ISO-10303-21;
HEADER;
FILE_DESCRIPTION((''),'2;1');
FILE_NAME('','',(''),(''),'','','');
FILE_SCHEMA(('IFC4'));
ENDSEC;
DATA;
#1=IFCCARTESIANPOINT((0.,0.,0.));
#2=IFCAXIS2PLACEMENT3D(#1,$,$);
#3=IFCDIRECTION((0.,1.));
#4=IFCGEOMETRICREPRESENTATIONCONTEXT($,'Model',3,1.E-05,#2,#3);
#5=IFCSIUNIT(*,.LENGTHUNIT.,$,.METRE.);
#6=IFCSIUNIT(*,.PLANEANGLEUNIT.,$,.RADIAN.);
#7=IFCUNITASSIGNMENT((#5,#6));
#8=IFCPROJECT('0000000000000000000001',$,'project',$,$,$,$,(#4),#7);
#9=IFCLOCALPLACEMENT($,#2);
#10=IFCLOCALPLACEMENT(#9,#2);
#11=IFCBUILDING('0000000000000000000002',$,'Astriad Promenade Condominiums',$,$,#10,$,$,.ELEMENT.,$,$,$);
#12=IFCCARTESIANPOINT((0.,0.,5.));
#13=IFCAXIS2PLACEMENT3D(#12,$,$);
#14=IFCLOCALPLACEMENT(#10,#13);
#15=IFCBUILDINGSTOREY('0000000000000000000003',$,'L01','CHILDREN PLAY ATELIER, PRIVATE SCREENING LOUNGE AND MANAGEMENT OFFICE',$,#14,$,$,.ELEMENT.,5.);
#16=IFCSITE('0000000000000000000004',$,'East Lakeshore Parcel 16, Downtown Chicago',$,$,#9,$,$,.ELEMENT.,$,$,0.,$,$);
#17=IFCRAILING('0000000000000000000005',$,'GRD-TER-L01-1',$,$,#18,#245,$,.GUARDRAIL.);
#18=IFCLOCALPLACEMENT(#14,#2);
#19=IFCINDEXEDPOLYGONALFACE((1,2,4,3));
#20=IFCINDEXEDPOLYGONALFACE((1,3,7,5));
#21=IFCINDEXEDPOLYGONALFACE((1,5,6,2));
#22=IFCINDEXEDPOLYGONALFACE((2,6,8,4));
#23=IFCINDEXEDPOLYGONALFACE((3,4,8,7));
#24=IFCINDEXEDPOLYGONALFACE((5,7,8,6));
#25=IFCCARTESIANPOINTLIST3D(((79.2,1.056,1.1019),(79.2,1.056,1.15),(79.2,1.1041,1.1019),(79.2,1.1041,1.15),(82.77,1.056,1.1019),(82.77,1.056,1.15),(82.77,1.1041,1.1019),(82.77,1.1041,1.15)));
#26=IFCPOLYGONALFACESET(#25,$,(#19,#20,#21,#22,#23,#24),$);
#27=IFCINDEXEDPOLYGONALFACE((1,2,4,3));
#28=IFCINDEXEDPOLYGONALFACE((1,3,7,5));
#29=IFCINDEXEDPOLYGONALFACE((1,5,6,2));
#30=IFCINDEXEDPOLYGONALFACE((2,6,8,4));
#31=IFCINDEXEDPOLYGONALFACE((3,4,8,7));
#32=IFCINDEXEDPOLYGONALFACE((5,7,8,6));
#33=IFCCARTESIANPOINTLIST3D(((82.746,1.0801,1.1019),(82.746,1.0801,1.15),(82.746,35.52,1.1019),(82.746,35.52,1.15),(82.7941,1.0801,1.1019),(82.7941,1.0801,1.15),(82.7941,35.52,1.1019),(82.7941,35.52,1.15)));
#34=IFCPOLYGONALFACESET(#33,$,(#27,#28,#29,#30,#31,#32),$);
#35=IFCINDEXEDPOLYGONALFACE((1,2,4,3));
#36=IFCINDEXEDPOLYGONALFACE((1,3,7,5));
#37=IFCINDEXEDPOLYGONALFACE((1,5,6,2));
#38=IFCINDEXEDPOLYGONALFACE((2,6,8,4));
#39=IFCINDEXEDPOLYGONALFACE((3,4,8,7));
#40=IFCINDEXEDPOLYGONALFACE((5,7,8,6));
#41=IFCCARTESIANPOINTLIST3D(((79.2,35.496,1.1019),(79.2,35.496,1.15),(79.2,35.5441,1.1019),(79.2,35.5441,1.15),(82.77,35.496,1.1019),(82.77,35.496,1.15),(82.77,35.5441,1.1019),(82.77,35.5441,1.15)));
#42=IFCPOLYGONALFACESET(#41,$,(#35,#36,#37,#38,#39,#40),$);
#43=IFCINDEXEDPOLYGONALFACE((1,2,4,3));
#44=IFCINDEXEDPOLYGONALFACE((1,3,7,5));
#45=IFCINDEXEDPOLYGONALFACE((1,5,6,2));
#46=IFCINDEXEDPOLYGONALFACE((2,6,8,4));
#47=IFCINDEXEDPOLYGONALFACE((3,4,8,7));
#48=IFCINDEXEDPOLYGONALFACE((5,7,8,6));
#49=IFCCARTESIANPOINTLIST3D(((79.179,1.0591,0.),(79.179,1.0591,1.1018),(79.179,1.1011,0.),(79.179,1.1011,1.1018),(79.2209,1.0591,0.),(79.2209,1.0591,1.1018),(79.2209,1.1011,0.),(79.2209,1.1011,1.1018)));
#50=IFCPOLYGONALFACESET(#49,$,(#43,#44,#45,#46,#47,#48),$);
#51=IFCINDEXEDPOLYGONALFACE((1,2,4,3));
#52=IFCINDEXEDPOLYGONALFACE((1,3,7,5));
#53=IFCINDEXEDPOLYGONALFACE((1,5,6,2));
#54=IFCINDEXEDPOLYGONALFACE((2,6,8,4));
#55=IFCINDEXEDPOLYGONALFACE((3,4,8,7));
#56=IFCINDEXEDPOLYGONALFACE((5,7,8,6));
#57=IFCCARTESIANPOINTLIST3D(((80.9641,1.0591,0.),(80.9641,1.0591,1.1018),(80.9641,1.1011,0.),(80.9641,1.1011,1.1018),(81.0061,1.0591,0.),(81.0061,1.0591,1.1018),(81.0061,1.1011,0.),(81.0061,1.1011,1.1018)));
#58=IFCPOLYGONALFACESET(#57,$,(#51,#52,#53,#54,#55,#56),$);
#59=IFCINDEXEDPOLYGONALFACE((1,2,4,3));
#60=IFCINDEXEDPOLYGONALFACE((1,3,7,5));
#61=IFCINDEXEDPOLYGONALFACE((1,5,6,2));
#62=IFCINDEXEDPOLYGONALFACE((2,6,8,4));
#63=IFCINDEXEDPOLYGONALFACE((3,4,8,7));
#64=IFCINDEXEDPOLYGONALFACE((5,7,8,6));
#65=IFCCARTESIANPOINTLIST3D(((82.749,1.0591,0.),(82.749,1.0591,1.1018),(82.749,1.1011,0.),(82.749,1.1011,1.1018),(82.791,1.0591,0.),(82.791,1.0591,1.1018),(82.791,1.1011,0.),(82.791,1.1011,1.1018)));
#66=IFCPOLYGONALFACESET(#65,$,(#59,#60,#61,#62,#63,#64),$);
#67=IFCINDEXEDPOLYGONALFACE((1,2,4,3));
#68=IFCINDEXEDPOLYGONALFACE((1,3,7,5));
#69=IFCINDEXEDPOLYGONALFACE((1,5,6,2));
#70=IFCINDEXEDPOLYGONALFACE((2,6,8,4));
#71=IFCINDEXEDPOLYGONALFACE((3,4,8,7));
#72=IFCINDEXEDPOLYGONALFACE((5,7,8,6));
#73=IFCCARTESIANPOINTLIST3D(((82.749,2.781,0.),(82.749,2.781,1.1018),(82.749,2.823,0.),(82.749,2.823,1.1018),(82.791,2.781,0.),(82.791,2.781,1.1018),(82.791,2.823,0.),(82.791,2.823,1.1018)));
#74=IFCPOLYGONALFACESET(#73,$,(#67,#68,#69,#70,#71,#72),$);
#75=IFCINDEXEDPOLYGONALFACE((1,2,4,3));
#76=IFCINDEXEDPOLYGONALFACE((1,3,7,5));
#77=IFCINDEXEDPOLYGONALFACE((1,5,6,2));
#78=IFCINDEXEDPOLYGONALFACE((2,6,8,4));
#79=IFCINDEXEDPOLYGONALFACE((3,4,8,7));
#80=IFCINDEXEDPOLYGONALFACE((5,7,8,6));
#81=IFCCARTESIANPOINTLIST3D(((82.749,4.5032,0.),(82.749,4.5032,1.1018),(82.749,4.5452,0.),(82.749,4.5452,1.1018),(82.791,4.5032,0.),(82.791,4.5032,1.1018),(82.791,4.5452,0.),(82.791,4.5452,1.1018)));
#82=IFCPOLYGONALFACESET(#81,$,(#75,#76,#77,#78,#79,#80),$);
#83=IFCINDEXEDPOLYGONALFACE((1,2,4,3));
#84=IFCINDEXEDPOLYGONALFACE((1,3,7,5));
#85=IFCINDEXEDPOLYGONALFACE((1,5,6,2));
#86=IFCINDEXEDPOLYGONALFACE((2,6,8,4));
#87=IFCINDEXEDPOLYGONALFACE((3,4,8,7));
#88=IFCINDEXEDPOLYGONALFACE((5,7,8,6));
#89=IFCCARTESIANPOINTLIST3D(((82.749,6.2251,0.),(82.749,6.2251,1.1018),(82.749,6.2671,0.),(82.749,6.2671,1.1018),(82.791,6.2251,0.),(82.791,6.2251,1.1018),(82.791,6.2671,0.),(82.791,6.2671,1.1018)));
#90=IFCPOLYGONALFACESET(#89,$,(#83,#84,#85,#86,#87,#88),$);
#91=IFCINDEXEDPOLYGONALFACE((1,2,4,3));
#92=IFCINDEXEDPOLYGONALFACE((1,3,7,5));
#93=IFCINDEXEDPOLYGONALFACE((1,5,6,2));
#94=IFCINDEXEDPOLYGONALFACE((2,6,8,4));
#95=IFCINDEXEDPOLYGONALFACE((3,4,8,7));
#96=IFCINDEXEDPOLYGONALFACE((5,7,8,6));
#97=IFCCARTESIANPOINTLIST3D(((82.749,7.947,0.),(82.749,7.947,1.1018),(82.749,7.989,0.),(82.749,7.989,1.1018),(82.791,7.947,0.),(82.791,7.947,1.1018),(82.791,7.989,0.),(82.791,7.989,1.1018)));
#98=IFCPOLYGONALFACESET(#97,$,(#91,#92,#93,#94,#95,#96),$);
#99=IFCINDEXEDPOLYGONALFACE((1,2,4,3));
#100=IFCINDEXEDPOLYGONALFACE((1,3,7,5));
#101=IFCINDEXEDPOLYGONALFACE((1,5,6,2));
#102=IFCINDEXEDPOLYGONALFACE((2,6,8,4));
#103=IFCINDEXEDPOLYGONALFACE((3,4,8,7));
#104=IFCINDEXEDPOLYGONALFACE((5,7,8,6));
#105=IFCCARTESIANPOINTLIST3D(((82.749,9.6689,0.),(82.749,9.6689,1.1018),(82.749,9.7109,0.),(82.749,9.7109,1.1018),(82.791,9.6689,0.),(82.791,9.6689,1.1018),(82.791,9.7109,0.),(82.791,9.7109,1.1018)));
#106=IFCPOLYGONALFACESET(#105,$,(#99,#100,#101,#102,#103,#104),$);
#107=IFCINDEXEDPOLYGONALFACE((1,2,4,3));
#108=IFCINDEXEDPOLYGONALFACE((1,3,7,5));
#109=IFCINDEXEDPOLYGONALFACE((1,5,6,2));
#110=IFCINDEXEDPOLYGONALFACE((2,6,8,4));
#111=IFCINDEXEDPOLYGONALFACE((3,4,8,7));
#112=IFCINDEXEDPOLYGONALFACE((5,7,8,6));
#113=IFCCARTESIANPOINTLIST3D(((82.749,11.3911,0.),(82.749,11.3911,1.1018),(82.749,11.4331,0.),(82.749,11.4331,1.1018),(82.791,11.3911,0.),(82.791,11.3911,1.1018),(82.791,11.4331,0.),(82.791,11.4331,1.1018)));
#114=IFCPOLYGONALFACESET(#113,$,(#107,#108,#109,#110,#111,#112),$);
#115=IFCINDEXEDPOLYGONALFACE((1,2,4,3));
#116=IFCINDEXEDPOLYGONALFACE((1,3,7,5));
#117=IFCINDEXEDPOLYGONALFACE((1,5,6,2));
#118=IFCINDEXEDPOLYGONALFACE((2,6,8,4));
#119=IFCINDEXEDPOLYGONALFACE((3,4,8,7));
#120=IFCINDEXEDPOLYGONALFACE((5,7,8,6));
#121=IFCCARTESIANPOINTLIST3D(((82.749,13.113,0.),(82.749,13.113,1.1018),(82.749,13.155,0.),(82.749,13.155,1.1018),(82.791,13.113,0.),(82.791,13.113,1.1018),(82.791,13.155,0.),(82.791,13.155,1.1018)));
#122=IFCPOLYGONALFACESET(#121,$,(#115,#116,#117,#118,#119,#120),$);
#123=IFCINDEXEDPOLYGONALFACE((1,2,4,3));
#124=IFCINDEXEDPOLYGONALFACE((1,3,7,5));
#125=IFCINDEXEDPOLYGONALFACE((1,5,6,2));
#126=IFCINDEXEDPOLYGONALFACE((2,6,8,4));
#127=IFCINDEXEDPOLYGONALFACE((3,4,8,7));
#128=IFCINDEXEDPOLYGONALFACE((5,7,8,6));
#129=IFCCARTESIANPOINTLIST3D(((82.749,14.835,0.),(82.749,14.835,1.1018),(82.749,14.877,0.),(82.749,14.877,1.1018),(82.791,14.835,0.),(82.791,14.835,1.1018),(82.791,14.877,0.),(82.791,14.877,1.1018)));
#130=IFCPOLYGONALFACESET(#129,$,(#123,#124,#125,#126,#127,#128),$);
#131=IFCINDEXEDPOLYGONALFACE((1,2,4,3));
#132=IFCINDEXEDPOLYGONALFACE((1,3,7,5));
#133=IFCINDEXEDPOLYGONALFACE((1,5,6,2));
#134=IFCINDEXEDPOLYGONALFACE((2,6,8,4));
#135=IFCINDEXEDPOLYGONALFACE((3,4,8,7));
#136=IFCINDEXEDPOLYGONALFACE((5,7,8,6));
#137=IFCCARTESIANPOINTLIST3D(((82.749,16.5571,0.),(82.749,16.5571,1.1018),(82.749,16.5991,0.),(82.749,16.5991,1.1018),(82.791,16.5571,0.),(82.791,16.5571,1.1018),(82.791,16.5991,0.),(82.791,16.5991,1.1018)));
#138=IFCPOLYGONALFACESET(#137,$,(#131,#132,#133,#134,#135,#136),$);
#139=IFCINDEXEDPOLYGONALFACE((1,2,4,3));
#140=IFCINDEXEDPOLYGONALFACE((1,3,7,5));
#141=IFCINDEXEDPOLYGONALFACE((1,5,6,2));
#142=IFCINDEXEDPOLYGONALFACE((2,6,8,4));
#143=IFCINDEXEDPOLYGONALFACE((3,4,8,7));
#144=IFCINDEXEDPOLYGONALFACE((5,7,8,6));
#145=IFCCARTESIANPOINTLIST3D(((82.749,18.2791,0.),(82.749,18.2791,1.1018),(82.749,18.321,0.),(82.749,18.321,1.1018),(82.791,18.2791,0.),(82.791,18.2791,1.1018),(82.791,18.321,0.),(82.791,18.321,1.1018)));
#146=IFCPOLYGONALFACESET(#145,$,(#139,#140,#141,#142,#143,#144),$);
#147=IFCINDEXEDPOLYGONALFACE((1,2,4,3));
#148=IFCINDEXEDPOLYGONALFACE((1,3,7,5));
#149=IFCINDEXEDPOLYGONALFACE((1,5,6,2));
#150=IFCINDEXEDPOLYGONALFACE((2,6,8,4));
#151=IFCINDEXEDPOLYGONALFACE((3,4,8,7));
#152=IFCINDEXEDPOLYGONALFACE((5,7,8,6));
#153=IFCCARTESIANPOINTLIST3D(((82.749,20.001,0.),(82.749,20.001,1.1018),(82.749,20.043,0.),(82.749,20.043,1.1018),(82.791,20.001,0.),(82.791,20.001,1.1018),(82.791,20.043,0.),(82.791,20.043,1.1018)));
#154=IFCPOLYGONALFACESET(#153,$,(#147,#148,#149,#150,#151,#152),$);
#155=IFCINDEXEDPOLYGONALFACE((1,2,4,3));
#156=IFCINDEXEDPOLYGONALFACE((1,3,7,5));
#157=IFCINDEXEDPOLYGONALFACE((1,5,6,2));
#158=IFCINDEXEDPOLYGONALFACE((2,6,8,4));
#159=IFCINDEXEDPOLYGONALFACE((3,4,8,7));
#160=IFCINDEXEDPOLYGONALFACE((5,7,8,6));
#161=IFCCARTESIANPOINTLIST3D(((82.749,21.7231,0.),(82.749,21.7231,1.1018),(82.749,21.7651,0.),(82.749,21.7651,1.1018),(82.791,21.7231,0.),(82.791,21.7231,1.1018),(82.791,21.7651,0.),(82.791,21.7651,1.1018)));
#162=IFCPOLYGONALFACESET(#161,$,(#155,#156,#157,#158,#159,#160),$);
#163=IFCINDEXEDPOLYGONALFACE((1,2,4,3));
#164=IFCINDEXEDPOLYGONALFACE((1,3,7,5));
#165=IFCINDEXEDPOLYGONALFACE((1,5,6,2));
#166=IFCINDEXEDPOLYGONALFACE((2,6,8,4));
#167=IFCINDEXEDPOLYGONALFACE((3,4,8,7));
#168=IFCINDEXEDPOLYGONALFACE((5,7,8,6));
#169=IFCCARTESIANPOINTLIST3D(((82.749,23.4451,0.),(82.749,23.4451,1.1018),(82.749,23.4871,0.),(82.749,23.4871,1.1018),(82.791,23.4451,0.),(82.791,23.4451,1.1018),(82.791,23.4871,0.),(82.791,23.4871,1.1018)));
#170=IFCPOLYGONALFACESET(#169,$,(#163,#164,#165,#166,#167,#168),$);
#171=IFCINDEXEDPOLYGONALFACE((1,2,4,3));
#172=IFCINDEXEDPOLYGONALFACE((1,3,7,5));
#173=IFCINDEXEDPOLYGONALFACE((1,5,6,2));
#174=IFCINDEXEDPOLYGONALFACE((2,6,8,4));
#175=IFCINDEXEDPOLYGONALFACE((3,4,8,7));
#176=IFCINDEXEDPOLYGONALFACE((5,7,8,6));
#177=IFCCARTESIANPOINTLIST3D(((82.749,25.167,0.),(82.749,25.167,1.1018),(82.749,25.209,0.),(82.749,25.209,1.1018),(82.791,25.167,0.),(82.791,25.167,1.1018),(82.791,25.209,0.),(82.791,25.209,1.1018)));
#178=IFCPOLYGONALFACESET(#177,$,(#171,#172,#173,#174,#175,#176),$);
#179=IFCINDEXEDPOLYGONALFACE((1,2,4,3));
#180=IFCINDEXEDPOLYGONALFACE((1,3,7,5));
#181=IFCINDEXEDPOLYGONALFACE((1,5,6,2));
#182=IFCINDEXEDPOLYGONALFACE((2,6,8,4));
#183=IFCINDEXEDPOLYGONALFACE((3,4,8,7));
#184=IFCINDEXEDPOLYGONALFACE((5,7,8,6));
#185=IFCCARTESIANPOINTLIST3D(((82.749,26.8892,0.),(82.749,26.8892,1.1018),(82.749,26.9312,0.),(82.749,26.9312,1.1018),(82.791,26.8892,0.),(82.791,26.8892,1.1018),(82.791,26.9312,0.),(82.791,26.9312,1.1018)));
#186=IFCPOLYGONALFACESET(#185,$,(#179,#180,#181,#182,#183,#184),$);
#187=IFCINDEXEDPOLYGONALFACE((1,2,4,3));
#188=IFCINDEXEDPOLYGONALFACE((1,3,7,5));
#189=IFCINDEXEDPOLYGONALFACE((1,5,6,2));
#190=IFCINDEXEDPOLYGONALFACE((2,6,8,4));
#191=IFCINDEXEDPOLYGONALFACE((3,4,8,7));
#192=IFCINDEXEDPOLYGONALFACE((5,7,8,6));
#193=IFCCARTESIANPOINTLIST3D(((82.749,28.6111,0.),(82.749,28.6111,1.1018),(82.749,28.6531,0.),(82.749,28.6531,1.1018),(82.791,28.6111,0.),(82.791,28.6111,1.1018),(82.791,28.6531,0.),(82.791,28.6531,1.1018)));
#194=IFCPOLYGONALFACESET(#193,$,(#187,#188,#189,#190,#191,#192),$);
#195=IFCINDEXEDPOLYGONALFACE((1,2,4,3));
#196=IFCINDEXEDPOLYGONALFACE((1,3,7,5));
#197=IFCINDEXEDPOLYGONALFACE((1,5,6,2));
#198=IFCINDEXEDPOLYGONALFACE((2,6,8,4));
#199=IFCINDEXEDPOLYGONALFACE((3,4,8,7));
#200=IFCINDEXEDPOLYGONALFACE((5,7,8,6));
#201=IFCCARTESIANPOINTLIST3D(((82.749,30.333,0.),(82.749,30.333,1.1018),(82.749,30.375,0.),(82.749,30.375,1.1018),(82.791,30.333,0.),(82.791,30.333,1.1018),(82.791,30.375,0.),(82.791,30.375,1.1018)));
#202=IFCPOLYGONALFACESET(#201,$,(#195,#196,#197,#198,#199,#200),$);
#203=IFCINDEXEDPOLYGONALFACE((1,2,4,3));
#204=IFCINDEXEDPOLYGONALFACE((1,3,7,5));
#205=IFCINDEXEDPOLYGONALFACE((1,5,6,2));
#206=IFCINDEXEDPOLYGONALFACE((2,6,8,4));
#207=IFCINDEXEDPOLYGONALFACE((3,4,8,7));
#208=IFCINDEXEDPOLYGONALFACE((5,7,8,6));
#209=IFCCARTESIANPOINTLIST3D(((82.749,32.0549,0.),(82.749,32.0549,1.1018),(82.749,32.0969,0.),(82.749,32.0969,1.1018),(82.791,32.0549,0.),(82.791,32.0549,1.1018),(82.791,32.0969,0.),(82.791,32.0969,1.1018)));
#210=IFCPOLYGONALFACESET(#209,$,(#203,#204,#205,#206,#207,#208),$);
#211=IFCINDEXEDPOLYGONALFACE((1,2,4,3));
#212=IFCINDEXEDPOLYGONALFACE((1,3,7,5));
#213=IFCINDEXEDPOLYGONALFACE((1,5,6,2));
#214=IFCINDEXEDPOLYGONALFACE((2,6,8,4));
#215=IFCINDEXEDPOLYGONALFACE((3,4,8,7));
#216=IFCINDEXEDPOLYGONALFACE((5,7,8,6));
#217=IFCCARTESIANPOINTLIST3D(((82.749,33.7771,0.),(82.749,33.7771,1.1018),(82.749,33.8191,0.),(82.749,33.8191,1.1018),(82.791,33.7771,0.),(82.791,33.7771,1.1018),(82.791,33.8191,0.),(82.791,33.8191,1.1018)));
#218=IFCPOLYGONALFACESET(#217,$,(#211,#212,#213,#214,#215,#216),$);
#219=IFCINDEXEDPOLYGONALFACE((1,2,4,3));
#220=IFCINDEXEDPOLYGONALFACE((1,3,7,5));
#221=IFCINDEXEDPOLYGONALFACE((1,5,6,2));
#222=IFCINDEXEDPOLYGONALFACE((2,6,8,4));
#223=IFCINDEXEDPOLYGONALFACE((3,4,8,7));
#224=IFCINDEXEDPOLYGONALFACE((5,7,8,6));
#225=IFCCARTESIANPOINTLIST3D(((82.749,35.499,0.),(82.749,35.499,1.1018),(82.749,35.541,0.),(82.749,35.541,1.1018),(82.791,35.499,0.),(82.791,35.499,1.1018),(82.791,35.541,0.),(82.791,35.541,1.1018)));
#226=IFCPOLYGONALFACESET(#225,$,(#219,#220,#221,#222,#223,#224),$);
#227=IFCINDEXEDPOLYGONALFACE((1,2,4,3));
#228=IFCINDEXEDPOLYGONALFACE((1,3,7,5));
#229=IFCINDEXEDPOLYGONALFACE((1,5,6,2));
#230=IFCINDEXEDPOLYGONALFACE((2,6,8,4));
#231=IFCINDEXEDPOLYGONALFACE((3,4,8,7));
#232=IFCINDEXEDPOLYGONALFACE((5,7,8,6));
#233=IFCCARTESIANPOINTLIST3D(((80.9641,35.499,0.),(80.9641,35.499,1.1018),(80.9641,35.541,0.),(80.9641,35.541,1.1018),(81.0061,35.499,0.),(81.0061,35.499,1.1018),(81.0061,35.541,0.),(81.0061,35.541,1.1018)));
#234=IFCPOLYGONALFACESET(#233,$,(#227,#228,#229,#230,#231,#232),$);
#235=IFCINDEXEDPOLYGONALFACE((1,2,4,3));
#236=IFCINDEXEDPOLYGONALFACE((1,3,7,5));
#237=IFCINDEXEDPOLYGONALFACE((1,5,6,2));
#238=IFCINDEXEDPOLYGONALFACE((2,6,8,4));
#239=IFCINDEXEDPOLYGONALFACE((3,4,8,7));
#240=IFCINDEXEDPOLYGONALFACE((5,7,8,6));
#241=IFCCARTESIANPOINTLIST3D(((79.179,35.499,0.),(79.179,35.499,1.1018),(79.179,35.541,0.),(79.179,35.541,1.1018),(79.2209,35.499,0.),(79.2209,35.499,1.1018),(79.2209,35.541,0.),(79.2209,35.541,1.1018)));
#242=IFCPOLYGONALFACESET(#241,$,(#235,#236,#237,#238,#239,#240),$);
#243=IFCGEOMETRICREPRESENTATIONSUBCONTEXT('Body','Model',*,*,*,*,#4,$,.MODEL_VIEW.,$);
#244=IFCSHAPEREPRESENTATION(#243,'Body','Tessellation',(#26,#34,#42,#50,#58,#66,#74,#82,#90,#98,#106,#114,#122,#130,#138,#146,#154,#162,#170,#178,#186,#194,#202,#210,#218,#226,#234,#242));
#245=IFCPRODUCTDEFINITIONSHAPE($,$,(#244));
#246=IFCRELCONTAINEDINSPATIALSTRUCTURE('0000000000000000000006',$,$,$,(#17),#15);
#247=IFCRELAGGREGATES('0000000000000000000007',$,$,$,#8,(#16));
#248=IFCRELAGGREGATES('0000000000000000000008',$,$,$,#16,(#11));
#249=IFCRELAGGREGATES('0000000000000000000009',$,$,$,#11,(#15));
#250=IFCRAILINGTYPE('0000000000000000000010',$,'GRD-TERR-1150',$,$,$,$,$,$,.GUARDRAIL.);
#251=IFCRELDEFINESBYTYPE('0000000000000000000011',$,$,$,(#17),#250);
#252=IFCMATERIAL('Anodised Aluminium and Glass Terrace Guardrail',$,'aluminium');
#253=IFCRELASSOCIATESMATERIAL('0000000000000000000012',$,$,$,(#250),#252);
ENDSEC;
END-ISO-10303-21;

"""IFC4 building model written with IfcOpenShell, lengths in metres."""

from ifc_helpers import new_model, si_unit, direction, frame, origin, origin_2d, place, context, subcontext, project, spatial, rectangle, extrude, source, transform, mapped, material, type_object, element, save


model = new_model("IFC4")

# Units and contexts
model_context = context("Model", 3, precision=1e-05, world=origin(), true_north=direction((0.0, 1.0)))
body_context = subcontext(model_context, "Body", "Model", "MODEL_VIEW")
ifc_project = project(units=[si_unit("LENGTHUNIT", "METRE"), si_unit("PLANEANGLEUNIT", "RADIAN")], contexts=[model_context])

# Site, building, storey
site_placement = place(None, origin())
site = spatial("IfcSite", under=ifc_project, at=site_placement, Name="East Lakeshore Parcel 16, Downtown Chicago", CompositionType="ELEMENT", RefElevation=0.0)
building_placement = place(site_placement, origin())
building = spatial("IfcBuilding", under=site, at=building_placement, Name="Astriad Promenade Condominiums", CompositionType="ELEMENT")
storey_placement = place(building_placement, frame((0.0, 0.0, 5.0)))
storey = spatial("IfcBuildingStorey", under=building, at=storey_placement, Name="L01", Description="CHILDREN PLAY ATELIER, PRIVATE SCREENING LOUNGE AND MANAGEMENT OFFICE", CompositionType="ELEMENT", Elevation=5.0)

# Railing
ifc_material_1 = material(Name="Anodised Aluminium and Glass Terrace Guardrail", Category="aluminium")
railing_type = type_object("IfcRailingType", Name="GRD-TERR-1150", PredefinedType="GUARDRAIL", material=ifc_material_1)
shared_shape_1 = source(origin(), body_context, "Body", "SweptSolid", [
    extrude(rectangle(XDim=0.0481, YDim=0.0481, at=origin_2d()), frame((0.0, 0.0, 1.126), z_axis=(1.0, 0.0, 0.0), x_axis=(0.0, 1.0, 0.0)), (0.0, 0.0, 1.0), 3.5701),
    extrude(rectangle(XDim=0.0481, YDim=0.0481, at=origin_2d()), frame((3.5701, 0.0, 1.126), z_axis=(0.0, 1.0, 0.0), x_axis=(-1.0, 0.0, 0.0)), (0.0, 0.0, 1.0), 34.4399),
    extrude(rectangle(XDim=0.0481, YDim=0.0481, at=origin_2d()), frame((3.5701, 34.4399, 1.126), z_axis=(-1.0, 0.0, 0.0), x_axis=(0.0, -1.0, 0.0)), (0.0, 0.0, 1.0), 3.5701),
    extrude(rectangle(XDim=0.042, YDim=0.042, at=origin_2d()), origin(), (0.0, 0.0, 1.0), 1.1018),
    extrude(rectangle(XDim=0.042, YDim=0.042, at=origin_2d()), frame((1.7852, 0.0, 0.0)), (0.0, 0.0, 1.0), 1.1018),
    extrude(rectangle(XDim=0.042, YDim=0.042, at=origin_2d()), frame((3.5701, 0.0, 0.0)), (0.0, 0.0, 1.0), 1.1018),
    extrude(rectangle(XDim=0.042, YDim=0.042, at=origin_2d()), frame((3.5701, 1.7219, 0.0)), (0.0, 0.0, 1.0), 1.1018),
    extrude(rectangle(XDim=0.042, YDim=0.042, at=origin_2d()), frame((3.5701, 3.4441, 0.0)), (0.0, 0.0, 1.0), 1.1018),
    extrude(rectangle(XDim=0.042, YDim=0.042, at=origin_2d()), frame((3.5701, 5.166, 0.0)), (0.0, 0.0, 1.0), 1.1018),
    extrude(rectangle(XDim=0.042, YDim=0.042, at=origin_2d()), frame((3.5701, 6.8879, 0.0)), (0.0, 0.0, 1.0), 1.1018),
    extrude(rectangle(XDim=0.042, YDim=0.042, at=origin_2d()), frame((3.5701, 8.6099, 0.0)), (0.0, 0.0, 1.0), 1.1018),
    extrude(rectangle(XDim=0.042, YDim=0.042, at=origin_2d()), frame((3.5701, 10.332, 0.0)), (0.0, 0.0, 1.0), 1.1018),
    extrude(rectangle(XDim=0.042, YDim=0.042, at=origin_2d()), frame((3.5701, 12.054, 0.0)), (0.0, 0.0, 1.0), 1.1018),
    extrude(rectangle(XDim=0.042, YDim=0.042, at=origin_2d()), frame((3.5701, 13.7759, 0.0)), (0.0, 0.0, 1.0), 1.1018),
    extrude(rectangle(XDim=0.042, YDim=0.042, at=origin_2d()), frame((3.5701, 15.498, 0.0)), (0.0, 0.0, 1.0), 1.1018),
    extrude(rectangle(XDim=0.042, YDim=0.042, at=origin_2d()), frame((3.5701, 17.22, 0.0)), (0.0, 0.0, 1.0), 1.1018),
    extrude(rectangle(XDim=0.042, YDim=0.042, at=origin_2d()), frame((3.5701, 18.9419, 0.0)), (0.0, 0.0, 1.0), 1.1018),
    extrude(rectangle(XDim=0.042, YDim=0.042, at=origin_2d()), frame((3.5701, 20.6641, 0.0)), (0.0, 0.0, 1.0), 1.1018),
    extrude(rectangle(XDim=0.042, YDim=0.042, at=origin_2d()), frame((3.5701, 22.386, 0.0)), (0.0, 0.0, 1.0), 1.1018),
    extrude(rectangle(XDim=0.042, YDim=0.042, at=origin_2d()), frame((3.5701, 24.1079, 0.0)), (0.0, 0.0, 1.0), 1.1018),
    extrude(rectangle(XDim=0.042, YDim=0.042, at=origin_2d()), frame((3.5701, 25.8301, 0.0)), (0.0, 0.0, 1.0), 1.1018),
    extrude(rectangle(XDim=0.042, YDim=0.042, at=origin_2d()), frame((3.5701, 27.552, 0.0)), (0.0, 0.0, 1.0), 1.1018),
    extrude(rectangle(XDim=0.042, YDim=0.042, at=origin_2d()), frame((3.5701, 29.2739, 0.0)), (0.0, 0.0, 1.0), 1.1018),
    extrude(rectangle(XDim=0.042, YDim=0.042, at=origin_2d()), frame((3.5701, 30.9958, 0.0)), (0.0, 0.0, 1.0), 1.1018),
    extrude(rectangle(XDim=0.042, YDim=0.042, at=origin_2d()), frame((3.5701, 32.718, 0.0)), (0.0, 0.0, 1.0), 1.1018),
    extrude(rectangle(XDim=0.042, YDim=0.042, at=origin_2d()), frame((3.5701, 34.4399, 0.0)), (0.0, 0.0, 1.0), 1.1018),
    extrude(rectangle(XDim=0.042, YDim=0.042, at=origin_2d()), frame((1.7852, 34.4399, 0.0)), (0.0, 0.0, 1.0), 1.1018),
    extrude(rectangle(XDim=0.042, YDim=0.042, at=origin_2d()), frame((0.0, 34.4399, 0.0)), (0.0, 0.0, 1.0), 1.1018),
])
railing_1_placement = place(storey_placement, frame((79.2, 1.0801, 0.0)))
element("IfcRailing", 1, at=railing_1_placement, inside=storey, type_object=railing_type, Name="GRD-TER-L01-1", PredefinedType="GUARDRAIL", context=body_context, shape_type="MappedRepresentation", body=[
    mapped(shared_shape_1, transform((0.0, 0.0, 0.0), scale=1.0)),
])

save(model, "model.ifc")
